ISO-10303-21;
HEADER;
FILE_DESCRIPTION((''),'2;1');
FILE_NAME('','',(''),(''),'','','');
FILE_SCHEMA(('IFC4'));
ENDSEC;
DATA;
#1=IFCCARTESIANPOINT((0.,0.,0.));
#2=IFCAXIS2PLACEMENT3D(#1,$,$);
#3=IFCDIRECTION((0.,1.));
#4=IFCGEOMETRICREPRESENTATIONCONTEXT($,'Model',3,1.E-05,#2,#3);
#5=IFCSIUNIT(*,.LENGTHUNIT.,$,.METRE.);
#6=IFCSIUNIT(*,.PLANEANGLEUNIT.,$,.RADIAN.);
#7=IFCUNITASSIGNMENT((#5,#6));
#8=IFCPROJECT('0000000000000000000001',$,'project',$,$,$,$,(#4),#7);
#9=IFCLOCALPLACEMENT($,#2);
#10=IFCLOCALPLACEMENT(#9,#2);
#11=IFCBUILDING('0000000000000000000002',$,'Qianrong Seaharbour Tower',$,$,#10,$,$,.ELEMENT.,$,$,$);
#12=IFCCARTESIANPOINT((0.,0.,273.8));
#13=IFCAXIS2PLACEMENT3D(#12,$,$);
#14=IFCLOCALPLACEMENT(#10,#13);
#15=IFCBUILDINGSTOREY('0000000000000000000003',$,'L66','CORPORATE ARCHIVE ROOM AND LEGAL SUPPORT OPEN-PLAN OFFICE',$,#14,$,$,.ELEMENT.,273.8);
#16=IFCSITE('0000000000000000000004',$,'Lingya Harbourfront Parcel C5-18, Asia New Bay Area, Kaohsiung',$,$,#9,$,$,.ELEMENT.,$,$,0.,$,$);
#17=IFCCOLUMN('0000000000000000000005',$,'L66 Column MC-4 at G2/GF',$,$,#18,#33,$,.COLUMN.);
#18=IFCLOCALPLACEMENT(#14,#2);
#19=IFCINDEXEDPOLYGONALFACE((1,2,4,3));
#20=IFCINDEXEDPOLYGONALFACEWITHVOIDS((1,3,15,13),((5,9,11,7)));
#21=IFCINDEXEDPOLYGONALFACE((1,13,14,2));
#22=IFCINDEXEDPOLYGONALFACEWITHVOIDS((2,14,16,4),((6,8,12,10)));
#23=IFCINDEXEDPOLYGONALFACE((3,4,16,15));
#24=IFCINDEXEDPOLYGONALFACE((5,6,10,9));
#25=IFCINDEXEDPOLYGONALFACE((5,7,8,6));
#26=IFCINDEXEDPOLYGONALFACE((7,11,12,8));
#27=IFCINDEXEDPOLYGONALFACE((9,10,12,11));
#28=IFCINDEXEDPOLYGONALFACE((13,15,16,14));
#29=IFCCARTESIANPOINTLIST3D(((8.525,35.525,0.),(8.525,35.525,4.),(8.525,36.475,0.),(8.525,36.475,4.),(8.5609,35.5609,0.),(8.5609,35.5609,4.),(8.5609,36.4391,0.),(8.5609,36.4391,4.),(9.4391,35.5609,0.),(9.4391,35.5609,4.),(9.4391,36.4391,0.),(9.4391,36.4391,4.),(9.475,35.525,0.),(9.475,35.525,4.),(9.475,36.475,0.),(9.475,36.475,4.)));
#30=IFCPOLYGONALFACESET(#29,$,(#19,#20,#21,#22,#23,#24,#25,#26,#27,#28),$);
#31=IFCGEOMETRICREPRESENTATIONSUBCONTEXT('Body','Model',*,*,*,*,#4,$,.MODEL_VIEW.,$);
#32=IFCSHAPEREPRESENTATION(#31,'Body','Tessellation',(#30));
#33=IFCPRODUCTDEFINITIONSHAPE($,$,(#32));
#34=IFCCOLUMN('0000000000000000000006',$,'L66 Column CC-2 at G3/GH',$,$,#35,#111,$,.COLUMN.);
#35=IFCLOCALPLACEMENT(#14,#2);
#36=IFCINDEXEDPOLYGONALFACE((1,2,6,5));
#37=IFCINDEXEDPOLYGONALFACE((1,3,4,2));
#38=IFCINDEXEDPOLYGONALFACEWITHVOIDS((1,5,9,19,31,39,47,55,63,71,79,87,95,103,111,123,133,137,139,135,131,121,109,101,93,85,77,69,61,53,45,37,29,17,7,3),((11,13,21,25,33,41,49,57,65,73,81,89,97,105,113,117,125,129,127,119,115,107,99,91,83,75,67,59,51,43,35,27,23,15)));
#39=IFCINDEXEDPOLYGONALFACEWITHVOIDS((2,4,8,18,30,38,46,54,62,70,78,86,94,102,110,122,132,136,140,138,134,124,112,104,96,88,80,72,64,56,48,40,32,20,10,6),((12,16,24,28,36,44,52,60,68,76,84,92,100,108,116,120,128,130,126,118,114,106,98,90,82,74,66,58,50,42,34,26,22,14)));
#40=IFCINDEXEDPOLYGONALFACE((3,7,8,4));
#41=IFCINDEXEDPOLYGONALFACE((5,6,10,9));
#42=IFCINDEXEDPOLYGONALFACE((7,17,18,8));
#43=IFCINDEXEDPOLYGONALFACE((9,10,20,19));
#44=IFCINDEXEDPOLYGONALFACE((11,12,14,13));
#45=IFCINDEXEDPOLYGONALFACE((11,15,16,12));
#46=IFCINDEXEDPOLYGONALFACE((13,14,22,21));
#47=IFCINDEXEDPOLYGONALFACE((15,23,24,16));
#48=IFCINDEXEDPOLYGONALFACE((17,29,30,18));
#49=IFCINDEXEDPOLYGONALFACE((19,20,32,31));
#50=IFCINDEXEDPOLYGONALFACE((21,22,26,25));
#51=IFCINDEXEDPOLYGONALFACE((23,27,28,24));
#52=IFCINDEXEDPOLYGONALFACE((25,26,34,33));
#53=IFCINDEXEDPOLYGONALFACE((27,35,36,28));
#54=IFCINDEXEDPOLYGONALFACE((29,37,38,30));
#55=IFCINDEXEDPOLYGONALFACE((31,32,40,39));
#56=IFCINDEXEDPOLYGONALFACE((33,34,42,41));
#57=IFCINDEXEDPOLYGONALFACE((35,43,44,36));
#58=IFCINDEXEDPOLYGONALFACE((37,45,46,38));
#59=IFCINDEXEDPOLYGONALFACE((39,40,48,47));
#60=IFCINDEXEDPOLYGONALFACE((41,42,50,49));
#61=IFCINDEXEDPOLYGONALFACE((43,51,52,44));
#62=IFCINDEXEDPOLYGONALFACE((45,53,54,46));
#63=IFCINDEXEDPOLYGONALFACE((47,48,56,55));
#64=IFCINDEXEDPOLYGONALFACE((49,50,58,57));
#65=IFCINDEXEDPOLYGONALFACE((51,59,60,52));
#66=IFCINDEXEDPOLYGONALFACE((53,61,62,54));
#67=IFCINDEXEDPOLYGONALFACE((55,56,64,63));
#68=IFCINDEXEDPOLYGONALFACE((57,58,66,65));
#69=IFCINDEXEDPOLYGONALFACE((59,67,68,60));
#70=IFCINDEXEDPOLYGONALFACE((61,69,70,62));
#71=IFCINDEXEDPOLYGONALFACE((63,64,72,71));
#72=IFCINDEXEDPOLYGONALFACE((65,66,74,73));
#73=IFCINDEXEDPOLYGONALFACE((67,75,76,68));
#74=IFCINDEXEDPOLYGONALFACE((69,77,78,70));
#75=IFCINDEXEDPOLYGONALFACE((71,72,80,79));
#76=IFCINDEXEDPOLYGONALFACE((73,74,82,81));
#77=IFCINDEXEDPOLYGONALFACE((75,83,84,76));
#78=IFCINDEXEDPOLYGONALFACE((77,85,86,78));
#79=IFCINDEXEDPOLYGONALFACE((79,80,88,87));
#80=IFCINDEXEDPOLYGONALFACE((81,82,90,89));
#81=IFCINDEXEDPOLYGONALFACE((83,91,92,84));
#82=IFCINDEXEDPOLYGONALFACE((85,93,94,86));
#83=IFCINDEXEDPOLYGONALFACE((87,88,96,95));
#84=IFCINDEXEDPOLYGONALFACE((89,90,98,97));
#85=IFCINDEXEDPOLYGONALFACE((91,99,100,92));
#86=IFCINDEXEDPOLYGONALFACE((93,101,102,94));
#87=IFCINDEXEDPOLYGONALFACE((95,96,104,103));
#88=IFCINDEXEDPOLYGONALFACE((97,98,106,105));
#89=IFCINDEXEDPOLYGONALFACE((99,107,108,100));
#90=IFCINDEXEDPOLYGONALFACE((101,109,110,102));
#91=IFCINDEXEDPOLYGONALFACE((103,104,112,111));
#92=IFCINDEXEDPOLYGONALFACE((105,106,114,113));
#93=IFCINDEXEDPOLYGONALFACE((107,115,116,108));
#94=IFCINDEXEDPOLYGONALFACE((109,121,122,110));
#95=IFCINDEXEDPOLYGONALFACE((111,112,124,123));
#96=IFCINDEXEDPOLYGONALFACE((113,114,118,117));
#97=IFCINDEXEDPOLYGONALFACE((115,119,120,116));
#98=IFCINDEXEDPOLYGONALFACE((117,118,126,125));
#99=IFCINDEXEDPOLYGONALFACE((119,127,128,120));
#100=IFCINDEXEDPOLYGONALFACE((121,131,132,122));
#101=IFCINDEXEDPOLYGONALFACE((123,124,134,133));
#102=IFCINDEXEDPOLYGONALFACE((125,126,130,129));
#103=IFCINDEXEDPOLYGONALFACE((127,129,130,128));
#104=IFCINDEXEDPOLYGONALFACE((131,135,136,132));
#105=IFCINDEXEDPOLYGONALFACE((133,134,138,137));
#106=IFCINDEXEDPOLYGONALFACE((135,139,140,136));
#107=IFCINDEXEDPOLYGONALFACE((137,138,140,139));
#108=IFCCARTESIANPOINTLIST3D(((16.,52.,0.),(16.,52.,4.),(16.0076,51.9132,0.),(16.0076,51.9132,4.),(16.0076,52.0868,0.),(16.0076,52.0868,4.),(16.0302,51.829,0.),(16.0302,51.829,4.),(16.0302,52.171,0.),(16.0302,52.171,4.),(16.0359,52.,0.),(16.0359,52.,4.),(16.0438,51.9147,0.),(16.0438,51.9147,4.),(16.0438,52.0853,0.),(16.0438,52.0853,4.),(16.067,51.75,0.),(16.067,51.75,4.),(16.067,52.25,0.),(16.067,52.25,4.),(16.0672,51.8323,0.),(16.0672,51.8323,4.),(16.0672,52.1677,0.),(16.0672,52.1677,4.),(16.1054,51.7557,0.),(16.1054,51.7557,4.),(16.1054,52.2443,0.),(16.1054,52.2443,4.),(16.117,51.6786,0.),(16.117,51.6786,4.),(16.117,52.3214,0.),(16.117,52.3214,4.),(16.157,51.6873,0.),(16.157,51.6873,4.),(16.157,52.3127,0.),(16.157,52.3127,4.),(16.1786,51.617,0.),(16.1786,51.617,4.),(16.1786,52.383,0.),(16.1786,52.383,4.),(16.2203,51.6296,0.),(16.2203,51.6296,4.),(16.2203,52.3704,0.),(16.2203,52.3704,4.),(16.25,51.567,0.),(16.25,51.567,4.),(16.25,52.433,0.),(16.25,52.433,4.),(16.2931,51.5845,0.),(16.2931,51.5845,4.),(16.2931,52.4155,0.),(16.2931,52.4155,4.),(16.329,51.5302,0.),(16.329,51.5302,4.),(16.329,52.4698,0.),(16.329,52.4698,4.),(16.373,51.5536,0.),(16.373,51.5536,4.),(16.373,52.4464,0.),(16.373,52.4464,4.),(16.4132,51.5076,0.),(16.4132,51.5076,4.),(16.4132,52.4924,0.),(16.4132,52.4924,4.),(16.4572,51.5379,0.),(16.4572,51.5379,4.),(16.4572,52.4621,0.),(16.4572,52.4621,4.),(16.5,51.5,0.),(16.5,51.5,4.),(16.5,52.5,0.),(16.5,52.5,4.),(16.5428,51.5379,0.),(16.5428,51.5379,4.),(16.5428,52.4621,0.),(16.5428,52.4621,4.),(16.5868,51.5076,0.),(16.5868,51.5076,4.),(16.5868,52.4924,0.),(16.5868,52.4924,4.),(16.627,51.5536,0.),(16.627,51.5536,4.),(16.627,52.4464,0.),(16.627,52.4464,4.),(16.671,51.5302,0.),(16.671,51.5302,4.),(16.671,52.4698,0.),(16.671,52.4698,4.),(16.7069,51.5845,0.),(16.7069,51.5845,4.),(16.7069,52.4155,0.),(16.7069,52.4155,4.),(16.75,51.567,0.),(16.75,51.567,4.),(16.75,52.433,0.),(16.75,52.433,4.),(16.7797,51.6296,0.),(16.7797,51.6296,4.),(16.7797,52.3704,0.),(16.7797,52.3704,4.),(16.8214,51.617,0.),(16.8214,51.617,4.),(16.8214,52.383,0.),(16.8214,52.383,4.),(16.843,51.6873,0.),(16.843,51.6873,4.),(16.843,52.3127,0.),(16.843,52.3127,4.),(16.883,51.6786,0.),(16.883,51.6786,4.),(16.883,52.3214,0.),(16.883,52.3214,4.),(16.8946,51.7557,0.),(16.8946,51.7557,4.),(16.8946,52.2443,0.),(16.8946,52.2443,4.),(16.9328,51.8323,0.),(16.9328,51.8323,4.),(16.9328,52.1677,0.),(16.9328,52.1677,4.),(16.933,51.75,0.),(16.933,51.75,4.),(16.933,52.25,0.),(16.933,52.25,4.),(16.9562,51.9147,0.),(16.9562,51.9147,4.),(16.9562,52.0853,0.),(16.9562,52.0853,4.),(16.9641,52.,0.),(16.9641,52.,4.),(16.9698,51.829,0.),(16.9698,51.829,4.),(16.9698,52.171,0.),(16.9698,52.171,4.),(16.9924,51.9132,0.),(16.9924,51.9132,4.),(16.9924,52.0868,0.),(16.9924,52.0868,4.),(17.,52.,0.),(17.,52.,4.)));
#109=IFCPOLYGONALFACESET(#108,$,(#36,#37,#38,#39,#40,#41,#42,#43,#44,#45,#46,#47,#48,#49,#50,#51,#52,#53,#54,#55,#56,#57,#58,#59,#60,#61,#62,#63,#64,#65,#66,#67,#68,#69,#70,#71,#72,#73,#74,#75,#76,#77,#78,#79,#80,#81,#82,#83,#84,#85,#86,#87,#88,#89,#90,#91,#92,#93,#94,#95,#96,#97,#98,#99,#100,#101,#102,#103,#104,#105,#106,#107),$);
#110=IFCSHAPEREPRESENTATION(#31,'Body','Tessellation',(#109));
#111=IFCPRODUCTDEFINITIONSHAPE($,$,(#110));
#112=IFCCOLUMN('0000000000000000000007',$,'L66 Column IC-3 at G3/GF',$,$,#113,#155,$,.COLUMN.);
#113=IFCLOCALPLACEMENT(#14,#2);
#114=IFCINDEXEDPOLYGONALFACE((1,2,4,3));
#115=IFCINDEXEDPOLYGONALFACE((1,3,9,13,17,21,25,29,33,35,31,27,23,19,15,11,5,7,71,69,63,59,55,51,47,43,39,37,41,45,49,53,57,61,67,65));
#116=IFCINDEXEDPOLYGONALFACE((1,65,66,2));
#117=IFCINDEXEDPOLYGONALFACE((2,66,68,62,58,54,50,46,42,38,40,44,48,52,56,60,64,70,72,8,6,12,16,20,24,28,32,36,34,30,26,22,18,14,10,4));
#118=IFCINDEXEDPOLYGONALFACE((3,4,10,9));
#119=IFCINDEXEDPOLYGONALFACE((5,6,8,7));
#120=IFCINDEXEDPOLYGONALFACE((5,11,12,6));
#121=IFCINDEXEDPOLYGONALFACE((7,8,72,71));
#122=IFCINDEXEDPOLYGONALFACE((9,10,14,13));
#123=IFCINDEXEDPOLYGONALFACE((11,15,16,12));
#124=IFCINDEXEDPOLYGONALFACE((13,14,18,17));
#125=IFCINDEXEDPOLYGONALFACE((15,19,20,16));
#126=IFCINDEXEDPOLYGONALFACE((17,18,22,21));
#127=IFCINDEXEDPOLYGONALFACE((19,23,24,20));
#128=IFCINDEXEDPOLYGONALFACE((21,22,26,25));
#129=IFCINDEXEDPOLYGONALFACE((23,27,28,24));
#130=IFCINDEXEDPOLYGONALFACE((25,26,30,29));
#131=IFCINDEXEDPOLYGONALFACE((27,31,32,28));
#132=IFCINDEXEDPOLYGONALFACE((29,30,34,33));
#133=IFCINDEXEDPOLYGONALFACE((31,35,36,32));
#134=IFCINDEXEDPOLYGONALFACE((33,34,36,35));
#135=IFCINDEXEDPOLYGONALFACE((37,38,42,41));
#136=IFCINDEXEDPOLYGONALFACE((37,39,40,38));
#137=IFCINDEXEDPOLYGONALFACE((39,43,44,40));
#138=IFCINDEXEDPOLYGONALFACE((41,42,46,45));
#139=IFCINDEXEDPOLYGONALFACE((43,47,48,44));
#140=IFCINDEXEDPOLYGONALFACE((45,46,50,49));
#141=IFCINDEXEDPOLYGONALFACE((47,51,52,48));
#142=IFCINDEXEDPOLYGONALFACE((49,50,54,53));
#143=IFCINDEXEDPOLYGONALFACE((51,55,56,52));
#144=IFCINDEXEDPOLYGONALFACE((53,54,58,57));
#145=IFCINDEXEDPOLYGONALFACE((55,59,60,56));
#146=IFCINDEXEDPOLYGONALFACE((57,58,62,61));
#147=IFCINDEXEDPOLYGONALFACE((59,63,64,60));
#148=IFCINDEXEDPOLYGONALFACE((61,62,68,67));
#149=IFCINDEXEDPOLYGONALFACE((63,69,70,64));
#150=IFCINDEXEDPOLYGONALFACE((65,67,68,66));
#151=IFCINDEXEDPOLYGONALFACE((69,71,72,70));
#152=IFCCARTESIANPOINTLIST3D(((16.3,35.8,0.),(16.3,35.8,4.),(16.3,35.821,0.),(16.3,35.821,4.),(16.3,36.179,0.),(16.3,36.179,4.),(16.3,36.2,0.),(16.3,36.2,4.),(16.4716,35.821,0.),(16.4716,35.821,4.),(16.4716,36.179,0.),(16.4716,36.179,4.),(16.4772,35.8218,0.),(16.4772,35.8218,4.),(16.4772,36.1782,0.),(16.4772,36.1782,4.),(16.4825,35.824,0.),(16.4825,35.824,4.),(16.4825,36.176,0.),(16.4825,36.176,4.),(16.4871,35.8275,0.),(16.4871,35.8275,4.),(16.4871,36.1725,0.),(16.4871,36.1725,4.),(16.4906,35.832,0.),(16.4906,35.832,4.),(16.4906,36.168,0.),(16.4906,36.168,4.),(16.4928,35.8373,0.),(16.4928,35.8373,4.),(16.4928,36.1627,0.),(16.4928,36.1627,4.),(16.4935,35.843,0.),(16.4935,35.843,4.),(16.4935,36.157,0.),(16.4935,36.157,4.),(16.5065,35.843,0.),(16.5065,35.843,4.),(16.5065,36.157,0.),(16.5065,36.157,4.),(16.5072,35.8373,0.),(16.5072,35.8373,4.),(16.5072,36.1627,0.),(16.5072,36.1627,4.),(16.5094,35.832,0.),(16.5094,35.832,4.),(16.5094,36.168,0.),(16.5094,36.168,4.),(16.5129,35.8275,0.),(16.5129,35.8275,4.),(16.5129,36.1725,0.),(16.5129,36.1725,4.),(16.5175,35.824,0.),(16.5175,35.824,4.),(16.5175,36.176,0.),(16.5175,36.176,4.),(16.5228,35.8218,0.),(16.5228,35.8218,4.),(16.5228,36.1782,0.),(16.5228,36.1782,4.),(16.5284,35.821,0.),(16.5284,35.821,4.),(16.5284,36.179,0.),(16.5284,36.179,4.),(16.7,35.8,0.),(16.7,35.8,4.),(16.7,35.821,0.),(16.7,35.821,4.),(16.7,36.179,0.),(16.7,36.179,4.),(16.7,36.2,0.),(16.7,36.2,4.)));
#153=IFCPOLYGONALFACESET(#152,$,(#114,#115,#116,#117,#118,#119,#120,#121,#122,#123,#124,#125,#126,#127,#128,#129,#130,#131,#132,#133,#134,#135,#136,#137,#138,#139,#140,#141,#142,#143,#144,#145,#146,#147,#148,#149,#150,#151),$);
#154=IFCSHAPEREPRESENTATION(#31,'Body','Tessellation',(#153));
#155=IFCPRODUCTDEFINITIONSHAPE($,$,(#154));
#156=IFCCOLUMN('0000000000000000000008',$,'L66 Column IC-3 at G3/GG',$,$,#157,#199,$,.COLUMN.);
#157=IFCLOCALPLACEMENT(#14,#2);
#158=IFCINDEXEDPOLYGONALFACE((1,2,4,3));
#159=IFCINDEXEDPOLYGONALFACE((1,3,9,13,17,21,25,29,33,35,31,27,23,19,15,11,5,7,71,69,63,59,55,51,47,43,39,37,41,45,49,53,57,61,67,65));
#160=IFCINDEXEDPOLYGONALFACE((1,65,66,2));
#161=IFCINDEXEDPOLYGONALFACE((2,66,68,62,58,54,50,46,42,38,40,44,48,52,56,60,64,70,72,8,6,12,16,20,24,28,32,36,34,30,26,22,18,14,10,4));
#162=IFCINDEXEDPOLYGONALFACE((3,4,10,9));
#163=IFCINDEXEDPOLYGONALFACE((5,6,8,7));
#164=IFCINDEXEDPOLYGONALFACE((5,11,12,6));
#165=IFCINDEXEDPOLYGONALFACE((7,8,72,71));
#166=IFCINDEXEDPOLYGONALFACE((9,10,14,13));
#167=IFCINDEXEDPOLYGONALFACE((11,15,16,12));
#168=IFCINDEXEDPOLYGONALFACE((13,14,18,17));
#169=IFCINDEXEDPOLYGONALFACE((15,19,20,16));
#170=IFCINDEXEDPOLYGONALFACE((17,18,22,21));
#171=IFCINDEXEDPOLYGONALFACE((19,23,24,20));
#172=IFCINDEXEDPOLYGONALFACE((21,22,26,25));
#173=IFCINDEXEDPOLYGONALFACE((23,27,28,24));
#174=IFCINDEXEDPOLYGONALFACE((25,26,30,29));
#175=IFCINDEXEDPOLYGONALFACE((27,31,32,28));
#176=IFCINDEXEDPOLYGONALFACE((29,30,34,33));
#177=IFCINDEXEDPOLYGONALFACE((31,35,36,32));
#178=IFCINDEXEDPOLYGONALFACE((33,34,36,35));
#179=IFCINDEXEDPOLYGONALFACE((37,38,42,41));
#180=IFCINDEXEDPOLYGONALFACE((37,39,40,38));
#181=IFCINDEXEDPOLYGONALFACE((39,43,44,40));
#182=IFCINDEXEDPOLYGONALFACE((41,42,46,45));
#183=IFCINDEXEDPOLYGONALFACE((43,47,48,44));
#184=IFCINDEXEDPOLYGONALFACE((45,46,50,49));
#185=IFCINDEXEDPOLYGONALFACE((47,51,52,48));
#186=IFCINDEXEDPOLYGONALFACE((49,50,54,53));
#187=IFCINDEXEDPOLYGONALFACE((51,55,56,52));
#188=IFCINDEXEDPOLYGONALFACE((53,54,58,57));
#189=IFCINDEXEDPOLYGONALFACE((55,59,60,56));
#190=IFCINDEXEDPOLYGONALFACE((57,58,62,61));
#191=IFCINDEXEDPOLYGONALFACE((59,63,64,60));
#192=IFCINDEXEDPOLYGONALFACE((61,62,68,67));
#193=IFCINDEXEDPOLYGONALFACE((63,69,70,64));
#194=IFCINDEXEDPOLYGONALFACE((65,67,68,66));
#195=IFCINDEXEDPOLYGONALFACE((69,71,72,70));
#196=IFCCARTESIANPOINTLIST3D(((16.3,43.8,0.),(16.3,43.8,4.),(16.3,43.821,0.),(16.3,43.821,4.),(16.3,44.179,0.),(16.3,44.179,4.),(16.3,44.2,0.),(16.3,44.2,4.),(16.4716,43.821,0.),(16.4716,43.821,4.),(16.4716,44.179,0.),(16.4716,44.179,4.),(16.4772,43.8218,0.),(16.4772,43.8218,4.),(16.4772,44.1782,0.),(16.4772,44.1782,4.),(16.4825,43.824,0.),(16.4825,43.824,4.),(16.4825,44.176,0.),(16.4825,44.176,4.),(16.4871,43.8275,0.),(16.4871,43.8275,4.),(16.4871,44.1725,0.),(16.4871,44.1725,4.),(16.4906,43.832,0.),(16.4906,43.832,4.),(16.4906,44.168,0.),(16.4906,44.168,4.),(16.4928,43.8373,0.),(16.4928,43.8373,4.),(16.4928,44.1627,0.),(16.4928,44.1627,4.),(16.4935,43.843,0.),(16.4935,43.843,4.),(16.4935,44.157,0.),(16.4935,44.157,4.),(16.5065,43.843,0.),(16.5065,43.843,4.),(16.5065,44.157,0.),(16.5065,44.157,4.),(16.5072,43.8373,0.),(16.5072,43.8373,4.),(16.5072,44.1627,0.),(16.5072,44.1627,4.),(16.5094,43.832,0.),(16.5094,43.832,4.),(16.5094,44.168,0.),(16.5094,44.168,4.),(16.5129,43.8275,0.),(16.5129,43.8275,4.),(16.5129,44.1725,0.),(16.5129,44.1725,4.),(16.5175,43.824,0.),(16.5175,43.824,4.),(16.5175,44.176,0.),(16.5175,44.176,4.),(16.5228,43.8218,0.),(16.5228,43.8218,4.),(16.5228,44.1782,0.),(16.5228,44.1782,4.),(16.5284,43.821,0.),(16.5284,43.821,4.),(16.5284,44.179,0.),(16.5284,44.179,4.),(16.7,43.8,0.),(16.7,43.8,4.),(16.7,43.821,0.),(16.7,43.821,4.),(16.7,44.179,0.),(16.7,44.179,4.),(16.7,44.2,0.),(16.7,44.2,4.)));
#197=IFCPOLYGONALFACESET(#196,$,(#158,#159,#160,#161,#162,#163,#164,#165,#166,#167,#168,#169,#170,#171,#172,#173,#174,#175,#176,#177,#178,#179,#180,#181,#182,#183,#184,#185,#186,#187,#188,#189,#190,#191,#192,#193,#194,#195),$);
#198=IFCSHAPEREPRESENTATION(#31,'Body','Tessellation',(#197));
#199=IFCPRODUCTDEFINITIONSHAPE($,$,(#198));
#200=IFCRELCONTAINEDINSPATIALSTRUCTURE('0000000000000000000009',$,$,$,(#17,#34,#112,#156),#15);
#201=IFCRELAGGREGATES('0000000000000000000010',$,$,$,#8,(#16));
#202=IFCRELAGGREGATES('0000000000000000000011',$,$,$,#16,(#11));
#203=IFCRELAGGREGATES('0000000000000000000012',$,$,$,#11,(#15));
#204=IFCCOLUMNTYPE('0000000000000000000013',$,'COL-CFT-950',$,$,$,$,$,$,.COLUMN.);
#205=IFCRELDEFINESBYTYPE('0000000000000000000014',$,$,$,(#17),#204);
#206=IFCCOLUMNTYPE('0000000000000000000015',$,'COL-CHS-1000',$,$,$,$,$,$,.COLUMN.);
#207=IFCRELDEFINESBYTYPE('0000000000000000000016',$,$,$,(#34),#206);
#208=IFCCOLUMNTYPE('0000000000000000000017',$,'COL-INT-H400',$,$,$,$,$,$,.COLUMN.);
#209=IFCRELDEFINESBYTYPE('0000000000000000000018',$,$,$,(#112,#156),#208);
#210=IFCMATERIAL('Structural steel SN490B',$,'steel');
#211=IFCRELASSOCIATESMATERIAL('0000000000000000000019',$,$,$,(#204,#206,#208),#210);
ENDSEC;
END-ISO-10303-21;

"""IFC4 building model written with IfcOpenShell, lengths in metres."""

from ifc_helpers import new_model, si_unit, direction, frame, origin, origin_2d, place, context, subcontext, project, spatial, hollow_rectangle, hollow_circle, i_section, extrude, material, material_profile, profile_set, type_object, element, save


model = new_model("IFC4")

# Units and contexts
model_context = context("Model", 3, precision=1e-05, world=origin(), true_north=direction((0.0, 1.0)))
body_context = subcontext(model_context, "Body", "Model", "MODEL_VIEW")
ifc_project = project(units=[si_unit("LENGTHUNIT", "METRE"), si_unit("PLANEANGLEUNIT", "RADIAN")], contexts=[model_context])

# Site, building, storey
site_placement = place(None, origin())
site = spatial("IfcSite", under=ifc_project, at=site_placement, Name="Lingya Harbourfront Parcel C5-18, Asia New Bay Area, Kaohsiung", CompositionType="ELEMENT", RefElevation=0.0)
building_placement = place(site_placement, origin())
building = spatial("IfcBuilding", under=site, at=building_placement, Name="Qianrong Seaharbour Tower", CompositionType="ELEMENT")
storey_placement = place(building_placement, frame((0.0, 0.0, 273.8)))
storey = spatial("IfcBuildingStorey", under=building, at=storey_placement, Name="L66", Description="CORPORATE ARCHIVE ROOM AND LEGAL SUPPORT OPEN-PLAN OFFICE", CompositionType="ELEMENT", Elevation=273.8)

# Columns
ifc_material_1 = material(Name="Structural steel SN490B", Category="steel")
ifc_material_profile_1 = material_profile(ifc_material_1, hollow_rectangle(XDim=0.95, YDim=0.95, WallThickness=0.0359, at=origin_2d()), Name="BOX950x950x36")
ifc_profile_set_1 = profile_set([ifc_material_profile_1], Name="Structural steel SN490B")
column_type_1 = type_object("IfcColumnType", Name="COL-CFT-950", PredefinedType="COLUMN", material=ifc_profile_set_1)
column_1_placement = place(storey_placement, frame((9.0, 36.0, 0.0), z_axis=(0.0, 0.0, 1.0), x_axis=(1.0, 0.0, 0.0)))
element("IfcColumn", 1, at=column_1_placement, inside=storey, type_object=column_type_1, Name="L66 Column MC-4 at G2/GF", PredefinedType="COLUMN", context=body_context, shape_type="SweptSolid", body=[
    extrude(hollow_rectangle(XDim=0.95, YDim=0.95, WallThickness=0.0359, at=origin_2d()), origin(), (0.0, 0.0, 1.0), 4.0),
])
ifc_material_profile_2 = material_profile(ifc_material_1, hollow_circle(Radius=0.5, WallThickness=0.0359, at=origin_2d()), Name="CHS1000x36")
ifc_profile_set_2 = profile_set([ifc_material_profile_2], Name="Structural steel SN490B")
column_type_2 = type_object("IfcColumnType", Name="COL-CHS-1000", PredefinedType="COLUMN", material=ifc_profile_set_2)
column_2_placement = place(storey_placement, frame((16.5, 52.0, 0.0), z_axis=(0.0, 0.0, 1.0), x_axis=(1.0, 0.0, 0.0)))
element("IfcColumn", 2, at=column_2_placement, inside=storey, type_object=column_type_2, Name="L66 Column CC-2 at G3/GH", PredefinedType="COLUMN", context=body_context, shape_type="SweptSolid", body=[
    extrude(hollow_circle(Radius=0.5, WallThickness=0.0359, at=origin_2d()), origin(), (0.0, 0.0, 1.0), 4.0),
])
ifc_material_profile_3 = material_profile(ifc_material_1, i_section(OverallWidth=0.3999, OverallDepth=0.3999, WebThickness=0.0129, FlangeThickness=0.021, FilletRadius=0.022, at=origin_2d()), Name="H400x400x13x21")
ifc_profile_set_3 = profile_set([ifc_material_profile_3], Name="Structural steel SN490B")
column_type_3 = type_object("IfcColumnType", Name="COL-INT-H400", PredefinedType="COLUMN", material=ifc_profile_set_3)
for number, where, z_axis, x_axis, name in (
    (3, (16.5, 36.0, 0.0), (0.0, 0.0, 1.0), (1.0, 0.0, 0.0), "L66 Column IC-3 at G3/GF"),
    (4, (16.5, 44.0, 0.0), (0.0, 0.0, 1.0), (1.0, 0.0, 0.0), "L66 Column IC-3 at G3/GG"),
):
    element("IfcColumn", number, at=place(storey_placement, frame(where, z_axis=z_axis, x_axis=x_axis)), inside=storey, type_object=column_type_3, Name=name, PredefinedType="COLUMN", context=body_context, shape_type="SweptSolid", body=[
        extrude(i_section(OverallWidth=0.3999, OverallDepth=0.3999, WebThickness=0.0129, FlangeThickness=0.021, FilletRadius=0.022, at=origin_2d()), origin(), (0.0, 0.0, 1.0), 4.0),
    ])

save(model, "model.ifc")
